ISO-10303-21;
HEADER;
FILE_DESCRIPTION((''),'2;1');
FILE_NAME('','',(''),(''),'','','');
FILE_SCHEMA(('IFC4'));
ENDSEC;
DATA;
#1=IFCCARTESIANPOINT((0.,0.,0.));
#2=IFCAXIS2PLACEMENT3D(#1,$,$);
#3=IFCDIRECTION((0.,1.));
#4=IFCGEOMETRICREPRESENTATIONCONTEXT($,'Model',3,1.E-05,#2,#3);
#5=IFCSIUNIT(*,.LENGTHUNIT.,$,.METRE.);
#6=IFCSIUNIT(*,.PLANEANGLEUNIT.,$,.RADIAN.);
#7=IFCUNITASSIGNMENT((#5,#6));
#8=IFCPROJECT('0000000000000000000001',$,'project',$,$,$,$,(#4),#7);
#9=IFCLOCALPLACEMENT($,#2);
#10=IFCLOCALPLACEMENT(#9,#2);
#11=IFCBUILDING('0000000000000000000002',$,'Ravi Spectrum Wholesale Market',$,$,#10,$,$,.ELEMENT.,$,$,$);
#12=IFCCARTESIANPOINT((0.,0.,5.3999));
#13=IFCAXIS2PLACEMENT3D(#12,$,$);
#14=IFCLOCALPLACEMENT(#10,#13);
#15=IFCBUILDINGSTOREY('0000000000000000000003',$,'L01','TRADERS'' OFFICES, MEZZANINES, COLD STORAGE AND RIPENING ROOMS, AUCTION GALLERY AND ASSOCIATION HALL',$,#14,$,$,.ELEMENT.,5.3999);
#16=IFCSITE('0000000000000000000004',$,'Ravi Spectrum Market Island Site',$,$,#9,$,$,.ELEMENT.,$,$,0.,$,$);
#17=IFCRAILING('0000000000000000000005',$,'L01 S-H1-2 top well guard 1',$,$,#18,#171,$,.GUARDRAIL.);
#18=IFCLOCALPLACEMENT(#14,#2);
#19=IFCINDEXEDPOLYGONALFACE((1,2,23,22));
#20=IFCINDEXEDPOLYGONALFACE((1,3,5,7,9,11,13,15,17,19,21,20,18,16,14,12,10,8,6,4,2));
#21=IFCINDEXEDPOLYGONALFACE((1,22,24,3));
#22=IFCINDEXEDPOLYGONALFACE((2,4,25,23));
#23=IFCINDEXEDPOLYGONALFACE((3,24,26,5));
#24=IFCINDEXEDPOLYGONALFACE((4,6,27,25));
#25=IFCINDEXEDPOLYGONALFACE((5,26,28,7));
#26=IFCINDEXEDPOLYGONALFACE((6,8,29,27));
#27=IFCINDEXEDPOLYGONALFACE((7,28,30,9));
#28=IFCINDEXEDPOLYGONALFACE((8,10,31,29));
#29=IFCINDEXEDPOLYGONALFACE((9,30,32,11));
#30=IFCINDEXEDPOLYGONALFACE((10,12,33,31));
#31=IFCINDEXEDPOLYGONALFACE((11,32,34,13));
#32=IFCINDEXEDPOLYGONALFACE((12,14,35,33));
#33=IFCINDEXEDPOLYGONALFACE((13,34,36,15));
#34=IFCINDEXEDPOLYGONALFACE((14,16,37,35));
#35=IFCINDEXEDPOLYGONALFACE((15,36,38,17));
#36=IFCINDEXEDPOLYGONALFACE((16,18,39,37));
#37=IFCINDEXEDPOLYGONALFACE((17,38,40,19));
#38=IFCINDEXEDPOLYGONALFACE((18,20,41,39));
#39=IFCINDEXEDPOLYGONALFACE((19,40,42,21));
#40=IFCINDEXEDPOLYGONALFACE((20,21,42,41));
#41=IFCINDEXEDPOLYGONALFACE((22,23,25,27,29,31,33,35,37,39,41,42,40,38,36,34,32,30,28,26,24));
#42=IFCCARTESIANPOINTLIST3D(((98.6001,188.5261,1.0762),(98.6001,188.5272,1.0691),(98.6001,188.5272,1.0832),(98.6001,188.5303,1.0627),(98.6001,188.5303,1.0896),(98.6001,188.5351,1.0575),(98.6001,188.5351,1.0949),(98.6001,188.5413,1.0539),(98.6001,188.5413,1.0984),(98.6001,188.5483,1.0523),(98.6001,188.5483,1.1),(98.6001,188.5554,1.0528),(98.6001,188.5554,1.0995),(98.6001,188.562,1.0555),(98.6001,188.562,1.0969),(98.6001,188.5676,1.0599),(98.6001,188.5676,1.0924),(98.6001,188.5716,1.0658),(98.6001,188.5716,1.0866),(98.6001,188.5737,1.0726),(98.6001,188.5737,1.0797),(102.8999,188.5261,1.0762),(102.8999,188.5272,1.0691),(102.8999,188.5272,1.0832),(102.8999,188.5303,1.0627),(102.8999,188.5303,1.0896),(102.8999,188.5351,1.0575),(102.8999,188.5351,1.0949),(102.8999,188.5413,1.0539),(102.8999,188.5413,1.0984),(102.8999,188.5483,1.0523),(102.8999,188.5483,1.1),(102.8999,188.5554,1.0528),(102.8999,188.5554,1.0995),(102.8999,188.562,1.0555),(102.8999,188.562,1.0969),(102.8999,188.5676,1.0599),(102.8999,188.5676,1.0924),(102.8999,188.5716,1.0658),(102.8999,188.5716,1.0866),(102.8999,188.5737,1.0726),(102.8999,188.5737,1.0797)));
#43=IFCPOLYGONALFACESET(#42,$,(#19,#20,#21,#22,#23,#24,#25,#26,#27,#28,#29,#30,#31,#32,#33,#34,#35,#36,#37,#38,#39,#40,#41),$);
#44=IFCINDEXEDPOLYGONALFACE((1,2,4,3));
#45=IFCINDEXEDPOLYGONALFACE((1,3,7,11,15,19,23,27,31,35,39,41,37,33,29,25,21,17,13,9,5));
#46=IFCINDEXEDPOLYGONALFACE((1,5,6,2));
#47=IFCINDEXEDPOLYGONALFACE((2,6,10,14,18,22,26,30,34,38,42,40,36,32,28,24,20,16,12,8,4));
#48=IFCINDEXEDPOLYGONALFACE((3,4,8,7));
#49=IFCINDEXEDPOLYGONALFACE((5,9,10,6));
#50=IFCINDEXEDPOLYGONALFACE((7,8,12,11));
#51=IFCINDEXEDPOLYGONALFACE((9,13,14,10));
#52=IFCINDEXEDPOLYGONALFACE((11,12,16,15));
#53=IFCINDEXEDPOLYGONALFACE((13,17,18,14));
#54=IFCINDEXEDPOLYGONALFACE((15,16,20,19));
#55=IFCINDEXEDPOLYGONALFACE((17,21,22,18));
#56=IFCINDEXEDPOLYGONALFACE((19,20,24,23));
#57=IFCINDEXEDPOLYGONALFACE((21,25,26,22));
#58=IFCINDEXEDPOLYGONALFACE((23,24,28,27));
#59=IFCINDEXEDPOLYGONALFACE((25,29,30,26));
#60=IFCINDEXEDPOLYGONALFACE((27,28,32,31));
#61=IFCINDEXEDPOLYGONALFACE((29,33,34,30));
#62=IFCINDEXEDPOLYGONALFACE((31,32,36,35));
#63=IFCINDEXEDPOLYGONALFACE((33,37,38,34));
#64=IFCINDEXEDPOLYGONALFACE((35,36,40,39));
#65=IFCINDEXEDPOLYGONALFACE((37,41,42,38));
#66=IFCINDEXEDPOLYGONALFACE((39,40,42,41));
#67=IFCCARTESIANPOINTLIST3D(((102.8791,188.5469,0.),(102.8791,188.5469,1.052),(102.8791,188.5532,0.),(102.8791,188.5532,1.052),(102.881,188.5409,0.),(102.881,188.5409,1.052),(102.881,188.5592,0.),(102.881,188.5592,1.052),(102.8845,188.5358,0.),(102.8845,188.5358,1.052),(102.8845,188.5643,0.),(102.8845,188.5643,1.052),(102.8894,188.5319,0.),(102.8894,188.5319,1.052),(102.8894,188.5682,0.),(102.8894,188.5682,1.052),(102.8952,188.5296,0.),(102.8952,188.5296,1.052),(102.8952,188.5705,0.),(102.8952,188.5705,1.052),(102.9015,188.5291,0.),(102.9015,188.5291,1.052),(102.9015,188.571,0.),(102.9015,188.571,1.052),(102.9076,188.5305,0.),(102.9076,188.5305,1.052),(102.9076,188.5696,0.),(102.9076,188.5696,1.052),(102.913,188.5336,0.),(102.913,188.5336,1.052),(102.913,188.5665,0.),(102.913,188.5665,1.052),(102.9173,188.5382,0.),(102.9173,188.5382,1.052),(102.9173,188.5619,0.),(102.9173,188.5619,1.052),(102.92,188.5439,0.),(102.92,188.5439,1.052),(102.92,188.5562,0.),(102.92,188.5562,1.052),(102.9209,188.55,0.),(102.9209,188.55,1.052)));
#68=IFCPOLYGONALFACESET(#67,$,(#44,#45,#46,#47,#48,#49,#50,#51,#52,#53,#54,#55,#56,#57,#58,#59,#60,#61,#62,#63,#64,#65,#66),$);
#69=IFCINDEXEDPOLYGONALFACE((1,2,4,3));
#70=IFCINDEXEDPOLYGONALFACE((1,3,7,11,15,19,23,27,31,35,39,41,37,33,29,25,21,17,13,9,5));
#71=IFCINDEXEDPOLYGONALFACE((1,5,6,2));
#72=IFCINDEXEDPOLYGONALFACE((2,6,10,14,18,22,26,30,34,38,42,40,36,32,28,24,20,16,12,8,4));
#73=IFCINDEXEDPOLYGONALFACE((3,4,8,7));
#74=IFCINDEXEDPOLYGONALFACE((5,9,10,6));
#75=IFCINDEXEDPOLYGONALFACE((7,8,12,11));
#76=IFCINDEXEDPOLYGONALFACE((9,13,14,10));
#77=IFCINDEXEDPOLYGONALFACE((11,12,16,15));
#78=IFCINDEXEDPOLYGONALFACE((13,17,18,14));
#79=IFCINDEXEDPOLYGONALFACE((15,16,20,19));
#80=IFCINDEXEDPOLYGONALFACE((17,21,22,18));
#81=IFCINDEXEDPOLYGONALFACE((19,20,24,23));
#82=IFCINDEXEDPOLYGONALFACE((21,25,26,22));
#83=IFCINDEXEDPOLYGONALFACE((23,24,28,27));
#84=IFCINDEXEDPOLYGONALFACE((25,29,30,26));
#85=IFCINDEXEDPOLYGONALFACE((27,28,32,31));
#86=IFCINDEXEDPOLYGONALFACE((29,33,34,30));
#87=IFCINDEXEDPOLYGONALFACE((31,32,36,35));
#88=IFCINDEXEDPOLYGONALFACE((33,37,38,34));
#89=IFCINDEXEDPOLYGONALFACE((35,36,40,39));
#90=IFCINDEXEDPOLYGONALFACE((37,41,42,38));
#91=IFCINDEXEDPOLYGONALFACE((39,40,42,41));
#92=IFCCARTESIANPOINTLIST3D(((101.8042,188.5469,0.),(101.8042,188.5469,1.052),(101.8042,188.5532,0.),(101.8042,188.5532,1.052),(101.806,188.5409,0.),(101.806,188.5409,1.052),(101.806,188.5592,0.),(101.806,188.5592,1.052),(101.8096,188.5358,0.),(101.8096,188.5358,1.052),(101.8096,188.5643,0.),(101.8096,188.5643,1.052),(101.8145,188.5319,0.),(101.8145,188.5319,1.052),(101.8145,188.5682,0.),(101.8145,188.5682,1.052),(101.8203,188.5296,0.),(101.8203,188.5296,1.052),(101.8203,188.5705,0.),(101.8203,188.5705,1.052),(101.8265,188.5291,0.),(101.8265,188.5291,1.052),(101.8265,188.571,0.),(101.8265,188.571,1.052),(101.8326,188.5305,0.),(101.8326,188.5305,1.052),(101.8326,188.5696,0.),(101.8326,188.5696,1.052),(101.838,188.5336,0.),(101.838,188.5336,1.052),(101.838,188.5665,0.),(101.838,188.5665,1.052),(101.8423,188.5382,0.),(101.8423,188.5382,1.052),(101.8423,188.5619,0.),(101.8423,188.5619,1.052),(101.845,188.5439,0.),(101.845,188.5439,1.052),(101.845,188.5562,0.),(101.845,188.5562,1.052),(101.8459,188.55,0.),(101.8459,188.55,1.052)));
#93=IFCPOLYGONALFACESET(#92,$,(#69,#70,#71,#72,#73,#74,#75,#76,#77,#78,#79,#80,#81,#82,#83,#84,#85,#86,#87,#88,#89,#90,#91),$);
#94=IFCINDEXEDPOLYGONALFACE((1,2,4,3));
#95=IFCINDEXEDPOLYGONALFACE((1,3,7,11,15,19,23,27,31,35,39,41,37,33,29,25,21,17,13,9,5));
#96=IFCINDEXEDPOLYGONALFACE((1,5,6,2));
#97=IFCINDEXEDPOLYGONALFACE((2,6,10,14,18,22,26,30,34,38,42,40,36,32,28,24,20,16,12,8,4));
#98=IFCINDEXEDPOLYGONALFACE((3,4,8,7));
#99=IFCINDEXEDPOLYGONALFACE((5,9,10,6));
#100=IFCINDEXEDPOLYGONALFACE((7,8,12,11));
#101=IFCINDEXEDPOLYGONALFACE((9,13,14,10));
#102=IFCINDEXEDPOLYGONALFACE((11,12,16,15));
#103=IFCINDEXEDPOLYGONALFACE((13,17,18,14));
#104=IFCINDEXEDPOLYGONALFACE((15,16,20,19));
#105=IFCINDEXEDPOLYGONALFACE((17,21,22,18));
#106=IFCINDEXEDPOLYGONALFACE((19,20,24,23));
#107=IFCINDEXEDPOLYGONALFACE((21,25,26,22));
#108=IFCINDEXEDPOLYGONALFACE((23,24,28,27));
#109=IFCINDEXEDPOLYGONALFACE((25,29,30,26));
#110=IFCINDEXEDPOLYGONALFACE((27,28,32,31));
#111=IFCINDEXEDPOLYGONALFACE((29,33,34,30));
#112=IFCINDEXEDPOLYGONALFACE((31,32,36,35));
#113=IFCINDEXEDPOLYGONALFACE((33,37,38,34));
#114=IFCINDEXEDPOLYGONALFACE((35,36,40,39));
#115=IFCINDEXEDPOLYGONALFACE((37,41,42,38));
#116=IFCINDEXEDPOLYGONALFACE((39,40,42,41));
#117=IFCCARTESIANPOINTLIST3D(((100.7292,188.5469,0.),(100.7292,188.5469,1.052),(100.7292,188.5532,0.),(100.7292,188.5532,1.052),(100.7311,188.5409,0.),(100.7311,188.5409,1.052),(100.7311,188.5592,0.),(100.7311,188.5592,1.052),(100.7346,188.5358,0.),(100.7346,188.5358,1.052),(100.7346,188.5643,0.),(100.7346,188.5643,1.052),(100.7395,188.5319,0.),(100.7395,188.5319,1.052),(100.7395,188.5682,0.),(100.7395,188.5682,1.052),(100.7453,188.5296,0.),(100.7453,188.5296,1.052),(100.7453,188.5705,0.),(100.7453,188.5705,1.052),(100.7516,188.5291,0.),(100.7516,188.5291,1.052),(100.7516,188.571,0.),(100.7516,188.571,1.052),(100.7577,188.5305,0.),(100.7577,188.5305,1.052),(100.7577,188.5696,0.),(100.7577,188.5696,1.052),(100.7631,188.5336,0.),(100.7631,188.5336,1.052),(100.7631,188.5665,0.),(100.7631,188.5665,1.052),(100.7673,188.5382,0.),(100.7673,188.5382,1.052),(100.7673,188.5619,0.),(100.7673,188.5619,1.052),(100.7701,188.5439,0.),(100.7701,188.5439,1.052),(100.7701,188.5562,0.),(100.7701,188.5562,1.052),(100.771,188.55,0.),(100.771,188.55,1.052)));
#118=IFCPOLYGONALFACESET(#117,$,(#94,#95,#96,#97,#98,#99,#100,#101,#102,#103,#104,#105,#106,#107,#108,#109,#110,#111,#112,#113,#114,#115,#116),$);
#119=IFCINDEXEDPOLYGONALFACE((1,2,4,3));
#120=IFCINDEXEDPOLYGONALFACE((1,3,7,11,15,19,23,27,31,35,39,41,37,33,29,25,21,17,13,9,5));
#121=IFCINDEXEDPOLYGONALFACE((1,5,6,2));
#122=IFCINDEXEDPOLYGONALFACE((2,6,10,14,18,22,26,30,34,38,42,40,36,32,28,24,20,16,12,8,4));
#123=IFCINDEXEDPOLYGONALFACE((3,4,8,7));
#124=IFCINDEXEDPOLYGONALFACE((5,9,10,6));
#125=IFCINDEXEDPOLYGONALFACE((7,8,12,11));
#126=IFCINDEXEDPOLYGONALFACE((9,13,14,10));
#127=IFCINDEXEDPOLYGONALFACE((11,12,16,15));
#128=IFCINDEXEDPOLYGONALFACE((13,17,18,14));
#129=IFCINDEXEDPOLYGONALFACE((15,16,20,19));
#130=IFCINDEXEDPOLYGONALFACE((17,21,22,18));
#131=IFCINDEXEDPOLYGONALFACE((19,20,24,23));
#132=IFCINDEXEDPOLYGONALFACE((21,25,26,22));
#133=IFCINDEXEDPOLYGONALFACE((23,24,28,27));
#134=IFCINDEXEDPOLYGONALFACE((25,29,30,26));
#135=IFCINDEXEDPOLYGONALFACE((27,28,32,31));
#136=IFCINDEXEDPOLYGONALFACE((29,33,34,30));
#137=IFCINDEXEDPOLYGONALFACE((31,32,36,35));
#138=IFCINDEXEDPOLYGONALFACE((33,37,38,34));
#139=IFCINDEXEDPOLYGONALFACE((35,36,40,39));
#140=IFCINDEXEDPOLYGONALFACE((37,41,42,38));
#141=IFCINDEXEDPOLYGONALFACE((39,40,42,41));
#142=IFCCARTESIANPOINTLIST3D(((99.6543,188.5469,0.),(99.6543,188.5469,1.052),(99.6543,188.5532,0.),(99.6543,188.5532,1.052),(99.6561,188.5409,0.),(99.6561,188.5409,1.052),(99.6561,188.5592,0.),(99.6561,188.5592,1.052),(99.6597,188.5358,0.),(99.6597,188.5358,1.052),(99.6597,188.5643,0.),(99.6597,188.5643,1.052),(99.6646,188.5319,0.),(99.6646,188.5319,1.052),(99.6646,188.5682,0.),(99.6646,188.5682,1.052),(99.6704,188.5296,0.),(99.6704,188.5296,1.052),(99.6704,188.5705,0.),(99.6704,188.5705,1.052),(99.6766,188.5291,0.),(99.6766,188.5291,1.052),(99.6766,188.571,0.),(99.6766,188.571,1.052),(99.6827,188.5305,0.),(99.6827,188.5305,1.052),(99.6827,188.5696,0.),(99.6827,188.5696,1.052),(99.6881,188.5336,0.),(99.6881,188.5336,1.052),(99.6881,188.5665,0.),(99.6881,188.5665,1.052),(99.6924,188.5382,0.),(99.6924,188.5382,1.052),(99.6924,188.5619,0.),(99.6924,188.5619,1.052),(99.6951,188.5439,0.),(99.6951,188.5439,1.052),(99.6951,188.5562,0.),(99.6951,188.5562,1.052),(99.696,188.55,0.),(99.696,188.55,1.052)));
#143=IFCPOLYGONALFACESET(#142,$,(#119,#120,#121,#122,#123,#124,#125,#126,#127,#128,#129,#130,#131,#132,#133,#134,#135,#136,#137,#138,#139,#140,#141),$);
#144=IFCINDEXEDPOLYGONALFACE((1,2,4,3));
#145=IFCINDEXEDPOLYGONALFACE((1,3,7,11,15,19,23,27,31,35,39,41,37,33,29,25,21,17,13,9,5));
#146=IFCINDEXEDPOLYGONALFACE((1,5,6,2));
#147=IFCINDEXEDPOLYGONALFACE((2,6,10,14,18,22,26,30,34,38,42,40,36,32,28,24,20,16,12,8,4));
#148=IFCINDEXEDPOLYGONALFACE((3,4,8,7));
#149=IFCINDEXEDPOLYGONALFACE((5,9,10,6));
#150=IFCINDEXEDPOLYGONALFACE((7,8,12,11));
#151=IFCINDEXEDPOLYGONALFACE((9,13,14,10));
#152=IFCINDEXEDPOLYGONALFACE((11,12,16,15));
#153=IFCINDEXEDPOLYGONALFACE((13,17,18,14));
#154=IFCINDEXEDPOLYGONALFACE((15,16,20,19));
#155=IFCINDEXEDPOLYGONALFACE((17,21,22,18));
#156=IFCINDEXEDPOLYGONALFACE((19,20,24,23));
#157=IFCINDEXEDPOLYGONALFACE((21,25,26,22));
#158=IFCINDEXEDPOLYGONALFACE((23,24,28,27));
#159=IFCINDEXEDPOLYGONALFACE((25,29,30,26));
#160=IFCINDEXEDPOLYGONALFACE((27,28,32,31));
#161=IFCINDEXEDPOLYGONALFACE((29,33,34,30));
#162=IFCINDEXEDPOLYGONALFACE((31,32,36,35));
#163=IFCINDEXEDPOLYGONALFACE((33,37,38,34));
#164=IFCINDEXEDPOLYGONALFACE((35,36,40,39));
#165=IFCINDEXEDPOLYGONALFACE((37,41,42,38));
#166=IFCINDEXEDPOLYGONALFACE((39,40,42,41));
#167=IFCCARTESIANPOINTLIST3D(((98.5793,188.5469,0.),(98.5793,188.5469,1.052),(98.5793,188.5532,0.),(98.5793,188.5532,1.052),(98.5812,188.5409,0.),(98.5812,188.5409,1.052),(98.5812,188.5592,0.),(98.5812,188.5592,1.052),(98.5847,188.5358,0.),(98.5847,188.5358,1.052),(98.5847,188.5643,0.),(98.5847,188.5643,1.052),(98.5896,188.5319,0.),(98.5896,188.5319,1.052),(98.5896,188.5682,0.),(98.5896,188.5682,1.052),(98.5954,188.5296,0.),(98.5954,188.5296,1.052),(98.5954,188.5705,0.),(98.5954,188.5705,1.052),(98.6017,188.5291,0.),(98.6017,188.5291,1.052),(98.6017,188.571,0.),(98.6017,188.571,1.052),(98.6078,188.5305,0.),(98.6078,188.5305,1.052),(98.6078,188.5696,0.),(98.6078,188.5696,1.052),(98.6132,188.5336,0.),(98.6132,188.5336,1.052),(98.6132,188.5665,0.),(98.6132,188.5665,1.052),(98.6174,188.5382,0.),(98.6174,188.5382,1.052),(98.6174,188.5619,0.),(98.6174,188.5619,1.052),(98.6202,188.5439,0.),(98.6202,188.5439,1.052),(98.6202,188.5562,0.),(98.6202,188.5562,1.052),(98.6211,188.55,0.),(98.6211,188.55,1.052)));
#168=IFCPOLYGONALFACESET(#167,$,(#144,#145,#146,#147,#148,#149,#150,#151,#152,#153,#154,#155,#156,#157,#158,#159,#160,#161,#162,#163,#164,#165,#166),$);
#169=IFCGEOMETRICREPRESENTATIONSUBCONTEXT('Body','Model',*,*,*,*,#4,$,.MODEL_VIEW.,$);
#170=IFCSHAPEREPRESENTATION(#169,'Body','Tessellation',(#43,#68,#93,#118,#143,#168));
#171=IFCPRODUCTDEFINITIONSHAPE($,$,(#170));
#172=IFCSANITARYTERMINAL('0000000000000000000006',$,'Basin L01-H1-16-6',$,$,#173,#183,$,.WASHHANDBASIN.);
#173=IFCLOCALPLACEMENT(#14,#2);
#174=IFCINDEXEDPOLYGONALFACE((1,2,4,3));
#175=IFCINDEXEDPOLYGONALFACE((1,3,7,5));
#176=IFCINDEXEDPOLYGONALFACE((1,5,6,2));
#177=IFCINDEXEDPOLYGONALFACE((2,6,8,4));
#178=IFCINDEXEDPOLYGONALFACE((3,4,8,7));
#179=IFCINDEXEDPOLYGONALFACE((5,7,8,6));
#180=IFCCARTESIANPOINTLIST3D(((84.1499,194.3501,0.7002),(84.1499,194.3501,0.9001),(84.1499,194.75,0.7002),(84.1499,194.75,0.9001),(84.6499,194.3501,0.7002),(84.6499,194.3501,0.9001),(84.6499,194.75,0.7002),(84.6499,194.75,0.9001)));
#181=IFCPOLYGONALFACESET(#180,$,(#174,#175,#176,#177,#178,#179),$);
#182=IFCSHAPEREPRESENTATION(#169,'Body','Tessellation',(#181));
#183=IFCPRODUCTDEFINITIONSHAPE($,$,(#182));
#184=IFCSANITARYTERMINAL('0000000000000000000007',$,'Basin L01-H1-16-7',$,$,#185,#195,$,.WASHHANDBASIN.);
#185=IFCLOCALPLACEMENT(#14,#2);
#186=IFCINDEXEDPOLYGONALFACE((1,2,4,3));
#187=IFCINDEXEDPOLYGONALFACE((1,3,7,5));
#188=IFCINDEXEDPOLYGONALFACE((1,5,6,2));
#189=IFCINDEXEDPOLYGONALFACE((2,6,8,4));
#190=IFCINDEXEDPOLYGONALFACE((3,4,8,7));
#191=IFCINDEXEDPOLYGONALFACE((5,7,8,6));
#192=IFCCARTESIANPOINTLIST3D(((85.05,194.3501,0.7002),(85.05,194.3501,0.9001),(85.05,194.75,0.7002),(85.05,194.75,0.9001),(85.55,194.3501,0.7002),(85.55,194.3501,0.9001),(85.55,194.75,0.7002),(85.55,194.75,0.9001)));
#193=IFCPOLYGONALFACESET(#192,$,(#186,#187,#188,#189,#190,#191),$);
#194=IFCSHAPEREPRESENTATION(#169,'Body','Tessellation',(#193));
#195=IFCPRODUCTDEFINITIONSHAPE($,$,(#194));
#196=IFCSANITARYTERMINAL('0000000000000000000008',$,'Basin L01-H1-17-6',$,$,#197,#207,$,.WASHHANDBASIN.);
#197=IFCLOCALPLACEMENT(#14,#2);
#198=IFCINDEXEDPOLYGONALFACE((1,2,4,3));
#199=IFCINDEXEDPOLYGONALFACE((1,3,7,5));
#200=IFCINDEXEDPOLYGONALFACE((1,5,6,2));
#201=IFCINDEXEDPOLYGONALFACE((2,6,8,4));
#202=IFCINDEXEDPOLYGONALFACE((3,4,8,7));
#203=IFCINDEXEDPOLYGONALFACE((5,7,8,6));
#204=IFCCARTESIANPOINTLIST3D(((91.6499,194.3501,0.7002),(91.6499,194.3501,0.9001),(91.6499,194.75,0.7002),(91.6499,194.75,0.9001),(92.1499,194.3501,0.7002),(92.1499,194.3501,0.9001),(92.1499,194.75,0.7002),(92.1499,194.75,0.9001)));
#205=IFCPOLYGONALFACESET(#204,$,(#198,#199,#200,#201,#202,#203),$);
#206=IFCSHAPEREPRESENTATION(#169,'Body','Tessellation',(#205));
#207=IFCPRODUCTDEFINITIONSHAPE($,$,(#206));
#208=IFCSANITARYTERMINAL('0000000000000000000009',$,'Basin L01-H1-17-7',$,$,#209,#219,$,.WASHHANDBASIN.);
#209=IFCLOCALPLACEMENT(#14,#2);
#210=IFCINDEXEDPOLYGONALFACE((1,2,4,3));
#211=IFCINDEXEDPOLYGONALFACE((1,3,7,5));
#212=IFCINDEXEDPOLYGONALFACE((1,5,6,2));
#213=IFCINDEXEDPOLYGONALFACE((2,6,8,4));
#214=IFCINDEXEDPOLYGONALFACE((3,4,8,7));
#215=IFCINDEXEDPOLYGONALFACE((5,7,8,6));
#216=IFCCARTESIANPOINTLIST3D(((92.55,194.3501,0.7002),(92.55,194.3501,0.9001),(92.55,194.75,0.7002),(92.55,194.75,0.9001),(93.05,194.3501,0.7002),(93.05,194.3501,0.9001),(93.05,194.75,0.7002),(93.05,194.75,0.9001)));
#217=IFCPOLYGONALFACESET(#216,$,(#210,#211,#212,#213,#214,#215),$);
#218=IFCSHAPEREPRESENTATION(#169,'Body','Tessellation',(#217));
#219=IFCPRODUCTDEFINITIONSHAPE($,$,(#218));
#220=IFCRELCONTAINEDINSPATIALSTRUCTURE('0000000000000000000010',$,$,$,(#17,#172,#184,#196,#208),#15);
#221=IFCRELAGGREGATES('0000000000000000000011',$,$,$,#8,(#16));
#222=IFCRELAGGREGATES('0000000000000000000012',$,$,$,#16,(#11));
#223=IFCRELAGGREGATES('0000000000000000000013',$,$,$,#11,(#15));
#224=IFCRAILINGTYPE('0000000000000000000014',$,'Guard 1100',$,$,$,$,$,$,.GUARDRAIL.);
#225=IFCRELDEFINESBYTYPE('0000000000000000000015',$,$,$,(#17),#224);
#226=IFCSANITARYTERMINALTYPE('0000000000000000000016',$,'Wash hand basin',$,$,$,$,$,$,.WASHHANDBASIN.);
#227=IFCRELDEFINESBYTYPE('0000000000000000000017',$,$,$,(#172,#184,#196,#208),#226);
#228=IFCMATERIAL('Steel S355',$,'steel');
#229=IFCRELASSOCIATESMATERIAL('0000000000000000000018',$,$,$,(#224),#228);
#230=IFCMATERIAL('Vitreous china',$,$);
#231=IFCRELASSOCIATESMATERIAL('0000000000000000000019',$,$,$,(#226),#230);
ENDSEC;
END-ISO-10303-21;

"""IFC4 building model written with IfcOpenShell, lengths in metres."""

from ifc_helpers import new_model, si_unit, direction, frame, origin, origin_2d, place, context, subcontext, project, spatial, rectangle, circle, extrude, material, type_object, element, save


model = new_model("IFC4")

# Units and contexts
model_context = context("Model", 3, precision=1e-05, world=origin(), true_north=direction((0.0, 1.0)))
body_context = subcontext(model_context, "Body", "Model", "MODEL_VIEW")
ifc_project = project(units=[si_unit("LENGTHUNIT", "METRE"), si_unit("PLANEANGLEUNIT", "RADIAN")], contexts=[model_context])

# Site, building, storey
site_placement = place(None, origin())
site = spatial("IfcSite", under=ifc_project, at=site_placement, Name="Ravi Spectrum Market Island Site", CompositionType="ELEMENT", RefElevation=0.0)
building_placement = place(site_placement, origin())
building = spatial("IfcBuilding", under=site, at=building_placement, Name="Ravi Spectrum Wholesale Market", CompositionType="ELEMENT")
storey_placement = place(building_placement, frame((0.0, 0.0, 5.3999)))
storey = spatial("IfcBuildingStorey", under=building, at=storey_placement, Name="L01", Description="TRADERS' OFFICES, MEZZANINES, COLD STORAGE AND RIPENING ROOMS, AUCTION GALLERY AND ASSOCIATION HALL", CompositionType="ELEMENT", Elevation=5.3999)

# Railing
ifc_material_1 = material(Name="Steel S355", Category="steel")
railing_type = type_object("IfcRailingType", Name="Guard 1100", PredefinedType="GUARDRAIL", material=ifc_material_1)
railing_1_placement = place(storey_placement, frame((102.8999, 188.55, 0.0)))
element("IfcRailing", 1, at=railing_1_placement, inside=storey, type_object=railing_type, Name="L01 S-H1-2 top well guard 1", PredefinedType="GUARDRAIL", context=body_context, shape_type="SweptSolid", body=[
    extrude(circle(Radius=0.0239, at=origin_2d()), frame((0.0, 0.0, 1.0762), z_axis=(-1.0, 0.0, 0.0), x_axis=(0.0, -1.0, 0.0)), (0.0, 0.0, 1.0), 4.2998),
    extrude(circle(Radius=0.021, at=origin_2d()), origin(), (0.0, 0.0, 1.0), 1.052),
    extrude(circle(Radius=0.021, at=origin_2d()), frame((-1.075, 0.0, 0.0)), (0.0, 0.0, 1.0), 1.052),
    extrude(circle(Radius=0.021, at=origin_2d()), frame((-2.1499, 0.0, 0.0)), (0.0, 0.0, 1.0), 1.052),
    extrude(circle(Radius=0.021, at=origin_2d()), frame((-3.2249, 0.0, 0.0)), (0.0, 0.0, 1.0), 1.052),
    extrude(circle(Radius=0.021, at=origin_2d()), frame((-4.2998, 0.0, 0.0)), (0.0, 0.0, 1.0), 1.052),
])

# Sanitary terminals
ifc_material_2 = material(Name="Vitreous china")
sanitary_terminal_type_1 = type_object("IfcSanitaryTerminalType", Name="Wash hand basin", PredefinedType="WASHHANDBASIN", material=ifc_material_2)
for number, where, z_axis, x_axis, name in (
    (2, (84.3999, 194.55, 0.7002), (0.0, 0.0, 1.0), (1.0, 0.0, 0.0), "Basin L01-H1-16-6"),
    (3, (85.3, 194.55, 0.7002), (0.0, 0.0, 1.0), (1.0, 0.0, 0.0), "Basin L01-H1-16-7"),
    (4, (91.8999, 194.55, 0.7002), (0.0, 0.0, 1.0), (1.0, 0.0, 0.0), "Basin L01-H1-17-6"),
    (5, (92.8, 194.55, 0.7002), (0.0, 0.0, 1.0), (1.0, 0.0, 0.0), "Basin L01-H1-17-7"),
):
    element("IfcSanitaryTerminal", number, at=place(storey_placement, frame(where, z_axis=z_axis, x_axis=x_axis)), inside=storey, type_object=sanitary_terminal_type_1, Name=name, PredefinedType="WASHHANDBASIN", context=body_context, shape_type="SweptSolid", body=[
        extrude(rectangle(XDim=0.5, YDim=0.3999, at=origin_2d()), origin(), (0.0, 0.0, 1.0), 0.2),
    ])

save(model, "model.ifc")
